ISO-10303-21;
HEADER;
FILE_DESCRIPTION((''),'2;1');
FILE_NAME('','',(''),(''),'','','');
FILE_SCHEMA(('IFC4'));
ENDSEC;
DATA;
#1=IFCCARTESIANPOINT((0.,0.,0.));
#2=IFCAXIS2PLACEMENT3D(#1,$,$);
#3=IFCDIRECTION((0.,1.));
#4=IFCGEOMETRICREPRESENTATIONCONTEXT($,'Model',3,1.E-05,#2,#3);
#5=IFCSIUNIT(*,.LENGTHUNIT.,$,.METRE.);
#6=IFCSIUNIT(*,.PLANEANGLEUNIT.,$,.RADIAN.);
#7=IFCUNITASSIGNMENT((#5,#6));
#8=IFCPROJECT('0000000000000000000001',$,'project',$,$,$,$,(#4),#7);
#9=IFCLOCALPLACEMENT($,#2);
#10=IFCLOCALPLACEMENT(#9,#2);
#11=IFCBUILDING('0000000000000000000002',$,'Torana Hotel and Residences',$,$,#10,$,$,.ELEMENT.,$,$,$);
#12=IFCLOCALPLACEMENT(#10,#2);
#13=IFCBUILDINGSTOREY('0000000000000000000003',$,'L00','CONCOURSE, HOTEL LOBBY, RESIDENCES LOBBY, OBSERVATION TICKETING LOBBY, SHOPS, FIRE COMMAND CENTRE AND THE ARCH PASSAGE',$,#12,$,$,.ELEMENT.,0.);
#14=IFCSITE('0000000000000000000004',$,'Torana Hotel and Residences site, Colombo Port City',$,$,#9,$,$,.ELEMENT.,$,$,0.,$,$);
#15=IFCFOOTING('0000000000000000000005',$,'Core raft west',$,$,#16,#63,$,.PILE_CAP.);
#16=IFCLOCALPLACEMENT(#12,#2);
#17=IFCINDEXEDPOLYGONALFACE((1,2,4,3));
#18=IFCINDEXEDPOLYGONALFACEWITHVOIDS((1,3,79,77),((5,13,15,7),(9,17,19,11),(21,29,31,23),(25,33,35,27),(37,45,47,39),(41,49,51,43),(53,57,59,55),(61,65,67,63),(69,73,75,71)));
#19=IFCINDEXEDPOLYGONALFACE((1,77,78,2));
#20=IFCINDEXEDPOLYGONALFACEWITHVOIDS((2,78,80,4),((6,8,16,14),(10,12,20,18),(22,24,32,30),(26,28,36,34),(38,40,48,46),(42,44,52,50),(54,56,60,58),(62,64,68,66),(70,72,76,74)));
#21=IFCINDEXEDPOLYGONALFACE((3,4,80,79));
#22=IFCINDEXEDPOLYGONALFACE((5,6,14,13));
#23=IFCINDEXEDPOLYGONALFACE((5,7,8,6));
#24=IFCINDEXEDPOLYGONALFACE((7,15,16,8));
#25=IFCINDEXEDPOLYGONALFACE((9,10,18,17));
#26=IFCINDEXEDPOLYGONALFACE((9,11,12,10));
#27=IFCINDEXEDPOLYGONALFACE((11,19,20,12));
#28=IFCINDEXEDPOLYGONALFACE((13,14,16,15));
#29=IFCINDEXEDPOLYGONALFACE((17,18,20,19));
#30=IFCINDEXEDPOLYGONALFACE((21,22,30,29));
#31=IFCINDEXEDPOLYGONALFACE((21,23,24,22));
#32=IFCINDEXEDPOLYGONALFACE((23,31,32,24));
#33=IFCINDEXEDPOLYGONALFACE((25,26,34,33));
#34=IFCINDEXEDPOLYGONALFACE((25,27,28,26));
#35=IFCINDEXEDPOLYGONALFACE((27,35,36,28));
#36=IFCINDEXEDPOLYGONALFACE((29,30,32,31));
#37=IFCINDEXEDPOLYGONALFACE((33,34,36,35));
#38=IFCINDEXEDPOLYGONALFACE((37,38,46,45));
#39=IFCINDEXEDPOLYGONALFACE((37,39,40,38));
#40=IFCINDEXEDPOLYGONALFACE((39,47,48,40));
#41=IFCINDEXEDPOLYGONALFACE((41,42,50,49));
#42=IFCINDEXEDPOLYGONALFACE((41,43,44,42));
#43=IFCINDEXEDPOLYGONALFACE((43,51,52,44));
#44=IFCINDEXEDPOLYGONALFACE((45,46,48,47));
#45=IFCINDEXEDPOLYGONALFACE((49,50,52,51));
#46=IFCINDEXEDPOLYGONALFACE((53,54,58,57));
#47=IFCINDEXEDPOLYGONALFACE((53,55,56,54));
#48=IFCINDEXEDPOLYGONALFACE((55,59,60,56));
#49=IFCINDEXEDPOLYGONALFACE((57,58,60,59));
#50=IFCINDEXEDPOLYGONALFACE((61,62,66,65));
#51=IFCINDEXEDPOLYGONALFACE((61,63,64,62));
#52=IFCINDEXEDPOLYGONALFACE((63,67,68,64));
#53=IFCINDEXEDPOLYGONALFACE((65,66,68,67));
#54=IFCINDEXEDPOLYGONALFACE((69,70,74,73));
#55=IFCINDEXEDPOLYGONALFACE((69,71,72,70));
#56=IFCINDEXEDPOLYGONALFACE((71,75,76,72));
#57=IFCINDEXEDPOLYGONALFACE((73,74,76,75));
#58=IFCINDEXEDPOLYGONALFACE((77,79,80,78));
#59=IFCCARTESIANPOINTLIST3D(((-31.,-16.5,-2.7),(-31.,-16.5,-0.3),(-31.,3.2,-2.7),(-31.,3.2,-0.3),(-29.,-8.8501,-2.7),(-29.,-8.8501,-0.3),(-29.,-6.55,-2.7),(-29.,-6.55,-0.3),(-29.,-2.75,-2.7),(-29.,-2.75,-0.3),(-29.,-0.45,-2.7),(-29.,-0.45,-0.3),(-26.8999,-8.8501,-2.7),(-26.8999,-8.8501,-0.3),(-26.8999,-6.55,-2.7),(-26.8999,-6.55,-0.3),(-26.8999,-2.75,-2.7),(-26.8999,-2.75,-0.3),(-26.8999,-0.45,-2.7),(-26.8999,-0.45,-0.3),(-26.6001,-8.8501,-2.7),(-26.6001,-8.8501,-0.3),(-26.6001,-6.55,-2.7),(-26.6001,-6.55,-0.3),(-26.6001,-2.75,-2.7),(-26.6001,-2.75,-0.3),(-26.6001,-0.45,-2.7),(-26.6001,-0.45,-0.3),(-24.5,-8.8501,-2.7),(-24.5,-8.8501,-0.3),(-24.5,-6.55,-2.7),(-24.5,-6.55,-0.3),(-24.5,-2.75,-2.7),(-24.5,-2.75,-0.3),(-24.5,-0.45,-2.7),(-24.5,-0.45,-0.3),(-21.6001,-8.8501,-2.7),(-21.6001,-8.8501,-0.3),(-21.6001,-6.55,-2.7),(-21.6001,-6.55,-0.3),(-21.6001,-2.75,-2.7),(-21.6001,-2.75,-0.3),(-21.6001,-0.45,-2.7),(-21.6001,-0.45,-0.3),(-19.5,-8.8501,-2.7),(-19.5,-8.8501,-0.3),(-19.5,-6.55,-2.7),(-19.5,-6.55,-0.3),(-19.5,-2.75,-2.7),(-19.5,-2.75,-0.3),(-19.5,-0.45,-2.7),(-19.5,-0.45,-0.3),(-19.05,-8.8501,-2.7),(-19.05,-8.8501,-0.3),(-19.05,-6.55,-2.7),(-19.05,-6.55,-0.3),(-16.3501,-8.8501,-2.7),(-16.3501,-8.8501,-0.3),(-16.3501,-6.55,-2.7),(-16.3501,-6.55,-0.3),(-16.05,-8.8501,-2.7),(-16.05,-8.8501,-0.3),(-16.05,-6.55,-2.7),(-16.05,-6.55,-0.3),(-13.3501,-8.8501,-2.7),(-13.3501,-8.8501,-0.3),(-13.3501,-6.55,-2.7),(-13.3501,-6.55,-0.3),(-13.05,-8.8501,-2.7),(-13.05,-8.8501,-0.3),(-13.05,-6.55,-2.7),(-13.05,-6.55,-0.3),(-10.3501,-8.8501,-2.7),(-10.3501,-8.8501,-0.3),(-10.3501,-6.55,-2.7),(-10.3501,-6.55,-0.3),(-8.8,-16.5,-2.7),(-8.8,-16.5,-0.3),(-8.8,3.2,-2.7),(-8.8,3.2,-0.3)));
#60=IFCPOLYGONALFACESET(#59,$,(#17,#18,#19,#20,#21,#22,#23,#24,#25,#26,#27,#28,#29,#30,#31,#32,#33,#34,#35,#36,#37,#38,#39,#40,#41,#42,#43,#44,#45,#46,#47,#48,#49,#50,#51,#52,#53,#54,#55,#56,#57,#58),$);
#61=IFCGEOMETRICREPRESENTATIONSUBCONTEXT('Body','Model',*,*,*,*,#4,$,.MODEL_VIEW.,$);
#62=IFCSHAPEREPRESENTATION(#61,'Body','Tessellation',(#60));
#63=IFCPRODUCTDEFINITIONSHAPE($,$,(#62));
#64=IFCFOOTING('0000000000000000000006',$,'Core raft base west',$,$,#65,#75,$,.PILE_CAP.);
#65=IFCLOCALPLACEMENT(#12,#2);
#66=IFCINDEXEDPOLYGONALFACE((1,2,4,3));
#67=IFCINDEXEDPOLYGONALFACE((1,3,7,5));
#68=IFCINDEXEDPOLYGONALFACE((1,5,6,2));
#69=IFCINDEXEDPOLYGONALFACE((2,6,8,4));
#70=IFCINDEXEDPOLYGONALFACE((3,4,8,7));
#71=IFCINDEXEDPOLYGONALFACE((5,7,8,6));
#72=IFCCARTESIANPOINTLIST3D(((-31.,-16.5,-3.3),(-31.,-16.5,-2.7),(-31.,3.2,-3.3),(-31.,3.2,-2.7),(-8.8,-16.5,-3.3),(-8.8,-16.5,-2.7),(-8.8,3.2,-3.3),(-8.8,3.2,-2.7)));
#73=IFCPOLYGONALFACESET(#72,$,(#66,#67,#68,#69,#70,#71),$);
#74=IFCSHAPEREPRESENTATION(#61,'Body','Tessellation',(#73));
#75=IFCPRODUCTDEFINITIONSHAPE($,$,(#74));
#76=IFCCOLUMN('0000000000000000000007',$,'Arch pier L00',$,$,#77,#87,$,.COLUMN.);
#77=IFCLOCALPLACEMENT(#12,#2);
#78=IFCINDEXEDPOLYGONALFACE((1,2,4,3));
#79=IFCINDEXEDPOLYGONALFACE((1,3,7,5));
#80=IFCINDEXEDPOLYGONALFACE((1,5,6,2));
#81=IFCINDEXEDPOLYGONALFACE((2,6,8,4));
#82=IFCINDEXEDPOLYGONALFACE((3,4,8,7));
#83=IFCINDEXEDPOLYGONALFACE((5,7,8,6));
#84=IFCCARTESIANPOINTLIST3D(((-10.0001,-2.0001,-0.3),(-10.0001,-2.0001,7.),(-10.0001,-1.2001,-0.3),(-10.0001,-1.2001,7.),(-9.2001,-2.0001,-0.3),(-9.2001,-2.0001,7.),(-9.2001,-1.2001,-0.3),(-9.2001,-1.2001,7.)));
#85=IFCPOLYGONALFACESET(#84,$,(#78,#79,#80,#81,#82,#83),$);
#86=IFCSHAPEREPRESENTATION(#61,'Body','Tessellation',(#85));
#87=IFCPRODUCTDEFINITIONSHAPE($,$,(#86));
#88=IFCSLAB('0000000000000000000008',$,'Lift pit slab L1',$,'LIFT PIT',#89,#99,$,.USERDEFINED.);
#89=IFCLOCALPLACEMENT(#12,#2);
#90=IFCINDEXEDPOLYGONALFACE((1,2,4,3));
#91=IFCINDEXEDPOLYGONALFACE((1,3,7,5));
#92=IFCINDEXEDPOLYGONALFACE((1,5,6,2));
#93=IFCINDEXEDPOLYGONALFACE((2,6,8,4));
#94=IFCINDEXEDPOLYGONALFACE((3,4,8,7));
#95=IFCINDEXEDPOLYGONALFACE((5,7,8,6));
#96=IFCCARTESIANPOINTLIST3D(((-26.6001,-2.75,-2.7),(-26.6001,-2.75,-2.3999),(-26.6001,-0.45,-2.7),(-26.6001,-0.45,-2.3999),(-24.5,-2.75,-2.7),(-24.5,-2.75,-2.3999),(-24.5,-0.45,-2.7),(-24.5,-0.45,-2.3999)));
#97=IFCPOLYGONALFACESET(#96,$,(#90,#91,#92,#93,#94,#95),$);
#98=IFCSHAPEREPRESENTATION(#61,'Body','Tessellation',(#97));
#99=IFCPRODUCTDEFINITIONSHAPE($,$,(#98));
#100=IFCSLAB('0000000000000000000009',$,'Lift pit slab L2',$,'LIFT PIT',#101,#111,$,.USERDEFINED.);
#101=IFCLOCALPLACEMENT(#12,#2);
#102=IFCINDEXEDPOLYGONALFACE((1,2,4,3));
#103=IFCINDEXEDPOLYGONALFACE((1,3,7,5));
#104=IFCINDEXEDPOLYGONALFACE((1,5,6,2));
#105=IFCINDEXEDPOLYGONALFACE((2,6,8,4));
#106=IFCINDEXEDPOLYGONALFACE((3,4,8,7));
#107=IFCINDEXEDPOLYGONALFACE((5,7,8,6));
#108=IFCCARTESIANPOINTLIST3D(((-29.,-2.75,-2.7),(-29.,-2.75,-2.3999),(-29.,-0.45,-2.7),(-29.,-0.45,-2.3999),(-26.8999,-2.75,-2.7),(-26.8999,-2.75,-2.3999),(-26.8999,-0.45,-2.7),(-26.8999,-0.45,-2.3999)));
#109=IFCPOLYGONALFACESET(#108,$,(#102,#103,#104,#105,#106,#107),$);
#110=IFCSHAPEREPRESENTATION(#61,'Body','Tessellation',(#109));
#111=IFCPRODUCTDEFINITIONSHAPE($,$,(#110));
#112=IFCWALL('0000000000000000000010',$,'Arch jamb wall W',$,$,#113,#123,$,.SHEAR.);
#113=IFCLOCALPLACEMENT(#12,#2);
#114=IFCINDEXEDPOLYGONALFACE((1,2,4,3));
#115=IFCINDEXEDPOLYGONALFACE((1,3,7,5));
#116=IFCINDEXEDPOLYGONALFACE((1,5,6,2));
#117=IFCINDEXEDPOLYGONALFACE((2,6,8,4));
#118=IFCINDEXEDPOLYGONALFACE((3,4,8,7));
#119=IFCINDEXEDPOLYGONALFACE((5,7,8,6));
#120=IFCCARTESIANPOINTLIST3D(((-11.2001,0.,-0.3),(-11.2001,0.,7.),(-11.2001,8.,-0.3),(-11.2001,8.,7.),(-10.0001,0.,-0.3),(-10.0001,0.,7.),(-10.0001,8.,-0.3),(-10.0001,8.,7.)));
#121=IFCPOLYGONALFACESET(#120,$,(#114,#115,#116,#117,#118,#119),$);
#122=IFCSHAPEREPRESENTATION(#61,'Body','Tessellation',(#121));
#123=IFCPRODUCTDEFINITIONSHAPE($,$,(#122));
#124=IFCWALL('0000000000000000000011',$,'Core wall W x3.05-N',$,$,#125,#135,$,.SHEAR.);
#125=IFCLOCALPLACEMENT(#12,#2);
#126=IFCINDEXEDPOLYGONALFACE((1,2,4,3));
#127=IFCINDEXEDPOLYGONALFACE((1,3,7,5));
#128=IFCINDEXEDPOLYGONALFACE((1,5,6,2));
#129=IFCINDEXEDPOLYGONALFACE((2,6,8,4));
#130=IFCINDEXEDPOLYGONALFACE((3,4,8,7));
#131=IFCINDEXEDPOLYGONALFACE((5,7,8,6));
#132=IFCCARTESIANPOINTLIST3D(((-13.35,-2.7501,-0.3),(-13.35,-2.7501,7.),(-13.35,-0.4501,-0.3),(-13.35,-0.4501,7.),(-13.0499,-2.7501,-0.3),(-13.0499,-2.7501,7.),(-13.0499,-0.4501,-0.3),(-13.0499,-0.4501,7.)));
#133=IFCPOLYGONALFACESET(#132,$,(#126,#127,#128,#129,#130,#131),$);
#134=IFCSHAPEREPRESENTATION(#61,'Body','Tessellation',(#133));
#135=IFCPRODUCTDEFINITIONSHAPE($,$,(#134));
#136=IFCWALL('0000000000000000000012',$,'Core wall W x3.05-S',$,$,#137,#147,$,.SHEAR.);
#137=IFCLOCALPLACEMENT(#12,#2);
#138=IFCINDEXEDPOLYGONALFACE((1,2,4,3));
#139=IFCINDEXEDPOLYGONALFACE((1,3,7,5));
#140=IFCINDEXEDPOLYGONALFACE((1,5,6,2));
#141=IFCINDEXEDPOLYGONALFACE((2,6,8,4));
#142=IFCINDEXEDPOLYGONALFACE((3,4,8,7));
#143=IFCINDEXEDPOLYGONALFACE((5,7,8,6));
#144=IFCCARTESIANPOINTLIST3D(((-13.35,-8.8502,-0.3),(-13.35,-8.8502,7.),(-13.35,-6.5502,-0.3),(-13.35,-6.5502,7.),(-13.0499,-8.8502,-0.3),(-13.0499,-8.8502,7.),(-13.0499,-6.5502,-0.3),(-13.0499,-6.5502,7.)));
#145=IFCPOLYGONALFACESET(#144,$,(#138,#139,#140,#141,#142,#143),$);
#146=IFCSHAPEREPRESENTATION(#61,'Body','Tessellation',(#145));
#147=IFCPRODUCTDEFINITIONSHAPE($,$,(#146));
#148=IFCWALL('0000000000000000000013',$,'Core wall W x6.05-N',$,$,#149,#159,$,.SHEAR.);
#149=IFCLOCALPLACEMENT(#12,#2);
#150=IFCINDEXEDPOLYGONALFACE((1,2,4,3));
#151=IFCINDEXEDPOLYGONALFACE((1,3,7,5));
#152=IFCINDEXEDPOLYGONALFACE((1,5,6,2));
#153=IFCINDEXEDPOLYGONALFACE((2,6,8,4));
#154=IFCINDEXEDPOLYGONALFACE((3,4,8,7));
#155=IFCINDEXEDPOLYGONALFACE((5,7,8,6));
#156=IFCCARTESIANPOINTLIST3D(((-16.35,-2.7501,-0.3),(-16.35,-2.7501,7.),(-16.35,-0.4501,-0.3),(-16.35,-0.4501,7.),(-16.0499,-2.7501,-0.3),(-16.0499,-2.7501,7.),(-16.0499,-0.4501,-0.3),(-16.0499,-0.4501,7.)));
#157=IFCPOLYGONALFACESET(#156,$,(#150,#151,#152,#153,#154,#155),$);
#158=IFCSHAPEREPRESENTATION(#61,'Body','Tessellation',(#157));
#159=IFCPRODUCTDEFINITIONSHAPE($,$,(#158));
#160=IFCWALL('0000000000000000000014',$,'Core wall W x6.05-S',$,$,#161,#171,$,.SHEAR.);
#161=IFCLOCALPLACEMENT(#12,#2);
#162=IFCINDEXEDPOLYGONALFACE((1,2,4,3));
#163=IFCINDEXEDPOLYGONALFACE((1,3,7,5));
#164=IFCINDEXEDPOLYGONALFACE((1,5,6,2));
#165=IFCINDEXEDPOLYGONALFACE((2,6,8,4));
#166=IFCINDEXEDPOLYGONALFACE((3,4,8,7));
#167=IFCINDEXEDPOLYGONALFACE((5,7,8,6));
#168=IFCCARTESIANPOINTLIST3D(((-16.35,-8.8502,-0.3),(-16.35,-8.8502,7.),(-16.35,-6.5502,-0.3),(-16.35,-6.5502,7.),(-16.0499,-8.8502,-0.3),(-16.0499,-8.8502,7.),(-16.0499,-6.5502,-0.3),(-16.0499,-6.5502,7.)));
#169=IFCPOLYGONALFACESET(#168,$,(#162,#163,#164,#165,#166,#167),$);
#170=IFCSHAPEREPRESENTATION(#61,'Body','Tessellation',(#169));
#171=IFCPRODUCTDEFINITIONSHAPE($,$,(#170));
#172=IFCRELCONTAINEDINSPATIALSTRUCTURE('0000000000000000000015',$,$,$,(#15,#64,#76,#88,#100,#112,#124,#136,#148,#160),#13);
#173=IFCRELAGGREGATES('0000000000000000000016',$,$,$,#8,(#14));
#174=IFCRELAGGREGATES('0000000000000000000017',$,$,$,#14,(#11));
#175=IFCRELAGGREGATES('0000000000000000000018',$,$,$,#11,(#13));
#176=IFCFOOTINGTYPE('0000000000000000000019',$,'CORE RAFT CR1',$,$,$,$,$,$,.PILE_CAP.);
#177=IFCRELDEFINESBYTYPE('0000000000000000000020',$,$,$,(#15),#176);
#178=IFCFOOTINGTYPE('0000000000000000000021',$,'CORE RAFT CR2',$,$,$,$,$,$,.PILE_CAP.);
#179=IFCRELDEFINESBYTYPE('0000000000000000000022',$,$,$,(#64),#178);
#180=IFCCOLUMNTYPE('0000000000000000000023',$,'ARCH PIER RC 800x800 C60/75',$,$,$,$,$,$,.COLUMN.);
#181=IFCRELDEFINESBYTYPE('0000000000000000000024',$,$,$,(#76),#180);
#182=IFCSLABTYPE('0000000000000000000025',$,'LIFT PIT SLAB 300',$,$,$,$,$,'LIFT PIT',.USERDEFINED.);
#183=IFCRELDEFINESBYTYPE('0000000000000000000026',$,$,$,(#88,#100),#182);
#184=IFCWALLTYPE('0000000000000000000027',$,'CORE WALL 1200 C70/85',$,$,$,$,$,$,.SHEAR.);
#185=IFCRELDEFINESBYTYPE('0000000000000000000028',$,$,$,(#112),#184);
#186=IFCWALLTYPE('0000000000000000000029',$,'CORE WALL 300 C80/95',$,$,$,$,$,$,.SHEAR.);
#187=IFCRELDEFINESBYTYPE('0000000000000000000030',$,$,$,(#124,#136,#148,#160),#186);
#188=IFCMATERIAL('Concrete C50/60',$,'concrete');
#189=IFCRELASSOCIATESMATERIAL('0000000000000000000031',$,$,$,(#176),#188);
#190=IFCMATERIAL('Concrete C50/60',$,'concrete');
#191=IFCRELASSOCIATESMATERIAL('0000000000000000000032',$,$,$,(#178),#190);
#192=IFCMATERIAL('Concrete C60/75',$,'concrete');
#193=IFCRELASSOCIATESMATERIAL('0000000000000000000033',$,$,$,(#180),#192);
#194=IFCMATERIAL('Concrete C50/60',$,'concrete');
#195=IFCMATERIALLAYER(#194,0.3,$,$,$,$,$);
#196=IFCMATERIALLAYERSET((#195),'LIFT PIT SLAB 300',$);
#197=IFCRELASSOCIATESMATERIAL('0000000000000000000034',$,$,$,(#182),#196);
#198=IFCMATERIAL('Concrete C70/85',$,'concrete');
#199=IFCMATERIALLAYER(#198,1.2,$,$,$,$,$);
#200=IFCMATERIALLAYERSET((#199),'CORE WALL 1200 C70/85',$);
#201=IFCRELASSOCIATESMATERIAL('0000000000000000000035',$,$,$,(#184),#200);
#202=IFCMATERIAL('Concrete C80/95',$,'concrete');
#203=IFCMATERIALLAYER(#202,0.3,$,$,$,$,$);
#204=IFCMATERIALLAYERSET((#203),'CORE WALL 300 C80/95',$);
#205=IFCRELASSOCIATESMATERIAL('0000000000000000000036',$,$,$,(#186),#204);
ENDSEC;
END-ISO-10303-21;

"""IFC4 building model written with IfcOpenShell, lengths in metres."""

from ifc_helpers import new_model, si_unit, direction, frame, frame_2d, origin, origin_2d, place, context, subcontext, project, spatial, polyline, rectangle, outline, extrude, material, layer, layer_set, material_profile, profile_set, type_object, element, save


model = new_model("IFC4")

# Units and contexts
model_context = context("Model", 3, precision=1e-05, world=origin(), true_north=direction((0.0, 1.0)))
body_context = subcontext(model_context, "Body", "Model", "MODEL_VIEW")
ifc_project = project(units=[si_unit("LENGTHUNIT", "METRE"), si_unit("PLANEANGLEUNIT", "RADIAN")], contexts=[model_context])

# Site, building, storey
site_placement = place(None, origin())
site = spatial("IfcSite", under=ifc_project, at=site_placement, Name="Torana Hotel and Residences site, Colombo Port City", CompositionType="ELEMENT", RefElevation=0.0)
building_placement = place(site_placement, origin())
building = spatial("IfcBuilding", under=site, at=building_placement, Name="Torana Hotel and Residences", CompositionType="ELEMENT")
storey_placement = place(building_placement, origin())
storey = spatial("IfcBuildingStorey", under=building, at=storey_placement, Name="L00", Description="CONCOURSE, HOTEL LOBBY, RESIDENCES LOBBY, OBSERVATION TICKETING LOBBY, SHOPS, FIRE COMMAND CENTRE AND THE ARCH PASSAGE", CompositionType="ELEMENT", Elevation=0.0)

# Footings
ifc_material_1 = material(Name="Concrete C50/60", Category="concrete")
footing_type_1 = type_object("IfcFootingType", Name="CORE RAFT CR1", PredefinedType="PILE_CAP", material=ifc_material_1)
footing_1_placement = place(storey_placement, frame((0.0, 0.0, -2.7)))
element("IfcFooting", 1, at=footing_1_placement, inside=storey, type_object=footing_type_1, Name="Core raft west", PredefinedType="PILE_CAP", context=body_context, shape_type="SweptSolid", body=[
    extrude(outline(polyline([(-31.0, -16.5), (-8.8, -16.5), (-8.8, 3.2), (-31.0, 3.2), (-31.0, -16.5)]), holes=[polyline([(-26.6001, -2.75), (-24.5, -2.75), (-24.5, -0.45), (-26.6001, -0.45), (-26.6001, -2.75)]), polyline([(-29.0, -2.75), (-26.8999, -2.75), (-26.8999, -0.45), (-29.0, -0.45), (-29.0, -2.75)]), polyline([(-26.6001, -8.8501), (-24.5, -8.8501), (-24.5, -6.55), (-26.6001, -6.55), (-26.6001, -8.8501)]), polyline([(-29.0, -8.8501), (-26.8999, -8.8501), (-26.8999, -6.55), (-29.0, -6.55), (-29.0, -8.8501)]), polyline([(-21.6001, -2.75), (-19.5, -2.75), (-19.5, -0.45), (-21.6001, -0.45), (-21.6001, -2.75)]), polyline([(-21.6001, -8.8501), (-19.5, -8.8501), (-19.5, -6.55), (-21.6001, -6.55), (-21.6001, -8.8501)]), polyline([(-13.05, -8.8501), (-10.3501, -8.8501), (-10.3501, -6.55), (-13.05, -6.55), (-13.05, -8.8501)]), polyline([(-16.05, -8.8501), (-13.3501, -8.8501), (-13.3501, -6.55), (-16.05, -6.55), (-16.05, -8.8501)]), polyline([(-19.05, -8.8501), (-16.3501, -8.8501), (-16.3501, -6.55), (-19.05, -6.55), (-19.05, -8.8501)])]), origin(), (0.0, 0.0, 1.0), 2.3999),
])
ifc_material_2 = material(Name="Concrete C50/60", Category="concrete")
footing_type_2 = type_object("IfcFootingType", Name="CORE RAFT CR2", PredefinedType="PILE_CAP", material=ifc_material_2)
footing_2_placement = place(storey_placement, frame((0.0, 0.0, -3.3)))
element("IfcFooting", 2, at=footing_2_placement, inside=storey, type_object=footing_type_2, Name="Core raft base west", PredefinedType="PILE_CAP", context=body_context, shape_type="SweptSolid", body=[
    extrude(outline(polyline([(-31.0, -16.5), (-8.8, -16.5), (-8.8, 3.2), (-31.0, 3.2), (-31.0, -16.5)])), origin(), (0.0, 0.0, 1.0), 0.6001),
])

# Column
ifc_material_3 = material(Name="Concrete C60/75", Category="concrete")
ifc_material_profile = material_profile(ifc_material_3, rectangle(XDim=0.8, YDim=0.8, at=origin_2d()), Name="RC 800x800")
ifc_profile_set = profile_set([ifc_material_profile], Name="Concrete C60/75")
column_type = type_object("IfcColumnType", Name="ARCH PIER RC 800x800 C60/75", PredefinedType="COLUMN", material=ifc_profile_set)
column_placement = place(storey_placement, frame((-9.6001, -1.6001, -0.3), z_axis=(0.0, 0.0, 1.0), x_axis=(1.0, 0.0, 0.0)))
element("IfcColumn", 3, at=column_placement, inside=storey, type_object=column_type, Name="Arch pier L00", PredefinedType="COLUMN", context=body_context, shape_type="SweptSolid", body=[
    extrude(rectangle(XDim=0.8, YDim=0.8, at=origin_2d()), origin(), (0.0, 0.0, 1.0), 7.3),
])

# Slabs
ifc_material_4 = material(Name="Concrete C50/60", Category="concrete")
ifc_layer_1 = layer(ifc_material_4, 0.3)
ifc_layer_set_1 = layer_set([ifc_layer_1], Name="LIFT PIT SLAB 300")
slab_type = type_object("IfcSlabType", Name="LIFT PIT SLAB 300", ElementType="LIFT PIT", PredefinedType="USERDEFINED", material=ifc_layer_set_1)
slab_1_placement = place(storey_placement, frame((0.0, 0.0, -2.7)))
element("IfcSlab", 4, at=slab_1_placement, inside=storey, type_object=slab_type, Name="Lift pit slab L1", ObjectType="LIFT PIT", PredefinedType="USERDEFINED", context=body_context, shape_type="SweptSolid", body=[
    extrude(outline(polyline([(-26.6001, -2.75), (-24.5, -2.75), (-24.5, -0.45), (-26.6001, -0.45), (-26.6001, -2.75)])), origin(), (0.0, 0.0, 1.0), 0.3),
])
slab_2_placement = place(storey_placement, frame((0.0, 0.0, -2.7)))
element("IfcSlab", 5, at=slab_2_placement, inside=storey, type_object=slab_type, Name="Lift pit slab L2", ObjectType="LIFT PIT", PredefinedType="USERDEFINED", context=body_context, shape_type="SweptSolid", body=[
    extrude(outline(polyline([(-29.0, -2.75), (-26.8999, -2.75), (-26.8999, -0.45), (-29.0, -0.45), (-29.0, -2.75)])), origin(), (0.0, 0.0, 1.0), 0.3),
])

# Walls
ifc_material_5 = material(Name="Concrete C70/85", Category="concrete")
ifc_layer_2 = layer(ifc_material_5, 1.2)
ifc_layer_set_2 = layer_set([ifc_layer_2], Name="CORE WALL 1200 C70/85")
wall_type_1 = type_object("IfcWallType", Name="CORE WALL 1200 C70/85", PredefinedType="SHEAR", material=ifc_layer_set_2)
wall_placement = place(storey_placement, frame((-10.6001, 0.0, -0.3), z_axis=(0.0, 0.0, 1.0), x_axis=(0.0, 1.0, 0.0)))
element("IfcWall", 6, at=wall_placement, inside=storey, type_object=wall_type_1, Name="Arch jamb wall W", PredefinedType="SHEAR", context=body_context, shape_type="SweptSolid", body=[
    extrude(rectangle(XDim=8.0, YDim=1.2, at=frame_2d((4.0, 0.0))), origin(), (0.0, 0.0, 1.0), 7.3),
])
ifc_material_6 = material(Name="Concrete C80/95", Category="concrete")
ifc_layer_3 = layer(ifc_material_6, 0.3)
ifc_layer_set_3 = layer_set([ifc_layer_3], Name="CORE WALL 300 C80/95")
wall_type_2 = type_object("IfcWallType", Name="CORE WALL 300 C80/95", PredefinedType="SHEAR", material=ifc_layer_set_3)
for number, where, z_axis, x_axis, name in (
    (7, (-13.2, -2.75, -0.3), (0.0, 0.0, 1.0), (0.0, 1.0, 0.0), "Core wall W x3.05-N"),
    (8, (-13.2, -8.8501, -0.3), (0.0, 0.0, 1.0), (0.0, 1.0, 0.0), "Core wall W x3.05-S"),
    (9, (-16.2, -2.75, -0.3), (0.0, 0.0, 1.0), (0.0, 1.0, 0.0), "Core wall W x6.05-N"),
    (10, (-16.2, -8.8501, -0.3), (0.0, 0.0, 1.0), (0.0, 1.0, 0.0), "Core wall W x6.05-S"),
):
    element("IfcWall", number, at=place(storey_placement, frame(where, z_axis=z_axis, x_axis=x_axis)), inside=storey, type_object=wall_type_2, Name=name, PredefinedType="SHEAR", context=body_context, shape_type="SweptSolid", body=[
        extrude(rectangle(XDim=2.3, YDim=0.3, at=frame_2d((1.1499, 0.0))), origin(), (0.0, 0.0, 1.0), 7.3),
    ])

save(model, "model.ifc")
